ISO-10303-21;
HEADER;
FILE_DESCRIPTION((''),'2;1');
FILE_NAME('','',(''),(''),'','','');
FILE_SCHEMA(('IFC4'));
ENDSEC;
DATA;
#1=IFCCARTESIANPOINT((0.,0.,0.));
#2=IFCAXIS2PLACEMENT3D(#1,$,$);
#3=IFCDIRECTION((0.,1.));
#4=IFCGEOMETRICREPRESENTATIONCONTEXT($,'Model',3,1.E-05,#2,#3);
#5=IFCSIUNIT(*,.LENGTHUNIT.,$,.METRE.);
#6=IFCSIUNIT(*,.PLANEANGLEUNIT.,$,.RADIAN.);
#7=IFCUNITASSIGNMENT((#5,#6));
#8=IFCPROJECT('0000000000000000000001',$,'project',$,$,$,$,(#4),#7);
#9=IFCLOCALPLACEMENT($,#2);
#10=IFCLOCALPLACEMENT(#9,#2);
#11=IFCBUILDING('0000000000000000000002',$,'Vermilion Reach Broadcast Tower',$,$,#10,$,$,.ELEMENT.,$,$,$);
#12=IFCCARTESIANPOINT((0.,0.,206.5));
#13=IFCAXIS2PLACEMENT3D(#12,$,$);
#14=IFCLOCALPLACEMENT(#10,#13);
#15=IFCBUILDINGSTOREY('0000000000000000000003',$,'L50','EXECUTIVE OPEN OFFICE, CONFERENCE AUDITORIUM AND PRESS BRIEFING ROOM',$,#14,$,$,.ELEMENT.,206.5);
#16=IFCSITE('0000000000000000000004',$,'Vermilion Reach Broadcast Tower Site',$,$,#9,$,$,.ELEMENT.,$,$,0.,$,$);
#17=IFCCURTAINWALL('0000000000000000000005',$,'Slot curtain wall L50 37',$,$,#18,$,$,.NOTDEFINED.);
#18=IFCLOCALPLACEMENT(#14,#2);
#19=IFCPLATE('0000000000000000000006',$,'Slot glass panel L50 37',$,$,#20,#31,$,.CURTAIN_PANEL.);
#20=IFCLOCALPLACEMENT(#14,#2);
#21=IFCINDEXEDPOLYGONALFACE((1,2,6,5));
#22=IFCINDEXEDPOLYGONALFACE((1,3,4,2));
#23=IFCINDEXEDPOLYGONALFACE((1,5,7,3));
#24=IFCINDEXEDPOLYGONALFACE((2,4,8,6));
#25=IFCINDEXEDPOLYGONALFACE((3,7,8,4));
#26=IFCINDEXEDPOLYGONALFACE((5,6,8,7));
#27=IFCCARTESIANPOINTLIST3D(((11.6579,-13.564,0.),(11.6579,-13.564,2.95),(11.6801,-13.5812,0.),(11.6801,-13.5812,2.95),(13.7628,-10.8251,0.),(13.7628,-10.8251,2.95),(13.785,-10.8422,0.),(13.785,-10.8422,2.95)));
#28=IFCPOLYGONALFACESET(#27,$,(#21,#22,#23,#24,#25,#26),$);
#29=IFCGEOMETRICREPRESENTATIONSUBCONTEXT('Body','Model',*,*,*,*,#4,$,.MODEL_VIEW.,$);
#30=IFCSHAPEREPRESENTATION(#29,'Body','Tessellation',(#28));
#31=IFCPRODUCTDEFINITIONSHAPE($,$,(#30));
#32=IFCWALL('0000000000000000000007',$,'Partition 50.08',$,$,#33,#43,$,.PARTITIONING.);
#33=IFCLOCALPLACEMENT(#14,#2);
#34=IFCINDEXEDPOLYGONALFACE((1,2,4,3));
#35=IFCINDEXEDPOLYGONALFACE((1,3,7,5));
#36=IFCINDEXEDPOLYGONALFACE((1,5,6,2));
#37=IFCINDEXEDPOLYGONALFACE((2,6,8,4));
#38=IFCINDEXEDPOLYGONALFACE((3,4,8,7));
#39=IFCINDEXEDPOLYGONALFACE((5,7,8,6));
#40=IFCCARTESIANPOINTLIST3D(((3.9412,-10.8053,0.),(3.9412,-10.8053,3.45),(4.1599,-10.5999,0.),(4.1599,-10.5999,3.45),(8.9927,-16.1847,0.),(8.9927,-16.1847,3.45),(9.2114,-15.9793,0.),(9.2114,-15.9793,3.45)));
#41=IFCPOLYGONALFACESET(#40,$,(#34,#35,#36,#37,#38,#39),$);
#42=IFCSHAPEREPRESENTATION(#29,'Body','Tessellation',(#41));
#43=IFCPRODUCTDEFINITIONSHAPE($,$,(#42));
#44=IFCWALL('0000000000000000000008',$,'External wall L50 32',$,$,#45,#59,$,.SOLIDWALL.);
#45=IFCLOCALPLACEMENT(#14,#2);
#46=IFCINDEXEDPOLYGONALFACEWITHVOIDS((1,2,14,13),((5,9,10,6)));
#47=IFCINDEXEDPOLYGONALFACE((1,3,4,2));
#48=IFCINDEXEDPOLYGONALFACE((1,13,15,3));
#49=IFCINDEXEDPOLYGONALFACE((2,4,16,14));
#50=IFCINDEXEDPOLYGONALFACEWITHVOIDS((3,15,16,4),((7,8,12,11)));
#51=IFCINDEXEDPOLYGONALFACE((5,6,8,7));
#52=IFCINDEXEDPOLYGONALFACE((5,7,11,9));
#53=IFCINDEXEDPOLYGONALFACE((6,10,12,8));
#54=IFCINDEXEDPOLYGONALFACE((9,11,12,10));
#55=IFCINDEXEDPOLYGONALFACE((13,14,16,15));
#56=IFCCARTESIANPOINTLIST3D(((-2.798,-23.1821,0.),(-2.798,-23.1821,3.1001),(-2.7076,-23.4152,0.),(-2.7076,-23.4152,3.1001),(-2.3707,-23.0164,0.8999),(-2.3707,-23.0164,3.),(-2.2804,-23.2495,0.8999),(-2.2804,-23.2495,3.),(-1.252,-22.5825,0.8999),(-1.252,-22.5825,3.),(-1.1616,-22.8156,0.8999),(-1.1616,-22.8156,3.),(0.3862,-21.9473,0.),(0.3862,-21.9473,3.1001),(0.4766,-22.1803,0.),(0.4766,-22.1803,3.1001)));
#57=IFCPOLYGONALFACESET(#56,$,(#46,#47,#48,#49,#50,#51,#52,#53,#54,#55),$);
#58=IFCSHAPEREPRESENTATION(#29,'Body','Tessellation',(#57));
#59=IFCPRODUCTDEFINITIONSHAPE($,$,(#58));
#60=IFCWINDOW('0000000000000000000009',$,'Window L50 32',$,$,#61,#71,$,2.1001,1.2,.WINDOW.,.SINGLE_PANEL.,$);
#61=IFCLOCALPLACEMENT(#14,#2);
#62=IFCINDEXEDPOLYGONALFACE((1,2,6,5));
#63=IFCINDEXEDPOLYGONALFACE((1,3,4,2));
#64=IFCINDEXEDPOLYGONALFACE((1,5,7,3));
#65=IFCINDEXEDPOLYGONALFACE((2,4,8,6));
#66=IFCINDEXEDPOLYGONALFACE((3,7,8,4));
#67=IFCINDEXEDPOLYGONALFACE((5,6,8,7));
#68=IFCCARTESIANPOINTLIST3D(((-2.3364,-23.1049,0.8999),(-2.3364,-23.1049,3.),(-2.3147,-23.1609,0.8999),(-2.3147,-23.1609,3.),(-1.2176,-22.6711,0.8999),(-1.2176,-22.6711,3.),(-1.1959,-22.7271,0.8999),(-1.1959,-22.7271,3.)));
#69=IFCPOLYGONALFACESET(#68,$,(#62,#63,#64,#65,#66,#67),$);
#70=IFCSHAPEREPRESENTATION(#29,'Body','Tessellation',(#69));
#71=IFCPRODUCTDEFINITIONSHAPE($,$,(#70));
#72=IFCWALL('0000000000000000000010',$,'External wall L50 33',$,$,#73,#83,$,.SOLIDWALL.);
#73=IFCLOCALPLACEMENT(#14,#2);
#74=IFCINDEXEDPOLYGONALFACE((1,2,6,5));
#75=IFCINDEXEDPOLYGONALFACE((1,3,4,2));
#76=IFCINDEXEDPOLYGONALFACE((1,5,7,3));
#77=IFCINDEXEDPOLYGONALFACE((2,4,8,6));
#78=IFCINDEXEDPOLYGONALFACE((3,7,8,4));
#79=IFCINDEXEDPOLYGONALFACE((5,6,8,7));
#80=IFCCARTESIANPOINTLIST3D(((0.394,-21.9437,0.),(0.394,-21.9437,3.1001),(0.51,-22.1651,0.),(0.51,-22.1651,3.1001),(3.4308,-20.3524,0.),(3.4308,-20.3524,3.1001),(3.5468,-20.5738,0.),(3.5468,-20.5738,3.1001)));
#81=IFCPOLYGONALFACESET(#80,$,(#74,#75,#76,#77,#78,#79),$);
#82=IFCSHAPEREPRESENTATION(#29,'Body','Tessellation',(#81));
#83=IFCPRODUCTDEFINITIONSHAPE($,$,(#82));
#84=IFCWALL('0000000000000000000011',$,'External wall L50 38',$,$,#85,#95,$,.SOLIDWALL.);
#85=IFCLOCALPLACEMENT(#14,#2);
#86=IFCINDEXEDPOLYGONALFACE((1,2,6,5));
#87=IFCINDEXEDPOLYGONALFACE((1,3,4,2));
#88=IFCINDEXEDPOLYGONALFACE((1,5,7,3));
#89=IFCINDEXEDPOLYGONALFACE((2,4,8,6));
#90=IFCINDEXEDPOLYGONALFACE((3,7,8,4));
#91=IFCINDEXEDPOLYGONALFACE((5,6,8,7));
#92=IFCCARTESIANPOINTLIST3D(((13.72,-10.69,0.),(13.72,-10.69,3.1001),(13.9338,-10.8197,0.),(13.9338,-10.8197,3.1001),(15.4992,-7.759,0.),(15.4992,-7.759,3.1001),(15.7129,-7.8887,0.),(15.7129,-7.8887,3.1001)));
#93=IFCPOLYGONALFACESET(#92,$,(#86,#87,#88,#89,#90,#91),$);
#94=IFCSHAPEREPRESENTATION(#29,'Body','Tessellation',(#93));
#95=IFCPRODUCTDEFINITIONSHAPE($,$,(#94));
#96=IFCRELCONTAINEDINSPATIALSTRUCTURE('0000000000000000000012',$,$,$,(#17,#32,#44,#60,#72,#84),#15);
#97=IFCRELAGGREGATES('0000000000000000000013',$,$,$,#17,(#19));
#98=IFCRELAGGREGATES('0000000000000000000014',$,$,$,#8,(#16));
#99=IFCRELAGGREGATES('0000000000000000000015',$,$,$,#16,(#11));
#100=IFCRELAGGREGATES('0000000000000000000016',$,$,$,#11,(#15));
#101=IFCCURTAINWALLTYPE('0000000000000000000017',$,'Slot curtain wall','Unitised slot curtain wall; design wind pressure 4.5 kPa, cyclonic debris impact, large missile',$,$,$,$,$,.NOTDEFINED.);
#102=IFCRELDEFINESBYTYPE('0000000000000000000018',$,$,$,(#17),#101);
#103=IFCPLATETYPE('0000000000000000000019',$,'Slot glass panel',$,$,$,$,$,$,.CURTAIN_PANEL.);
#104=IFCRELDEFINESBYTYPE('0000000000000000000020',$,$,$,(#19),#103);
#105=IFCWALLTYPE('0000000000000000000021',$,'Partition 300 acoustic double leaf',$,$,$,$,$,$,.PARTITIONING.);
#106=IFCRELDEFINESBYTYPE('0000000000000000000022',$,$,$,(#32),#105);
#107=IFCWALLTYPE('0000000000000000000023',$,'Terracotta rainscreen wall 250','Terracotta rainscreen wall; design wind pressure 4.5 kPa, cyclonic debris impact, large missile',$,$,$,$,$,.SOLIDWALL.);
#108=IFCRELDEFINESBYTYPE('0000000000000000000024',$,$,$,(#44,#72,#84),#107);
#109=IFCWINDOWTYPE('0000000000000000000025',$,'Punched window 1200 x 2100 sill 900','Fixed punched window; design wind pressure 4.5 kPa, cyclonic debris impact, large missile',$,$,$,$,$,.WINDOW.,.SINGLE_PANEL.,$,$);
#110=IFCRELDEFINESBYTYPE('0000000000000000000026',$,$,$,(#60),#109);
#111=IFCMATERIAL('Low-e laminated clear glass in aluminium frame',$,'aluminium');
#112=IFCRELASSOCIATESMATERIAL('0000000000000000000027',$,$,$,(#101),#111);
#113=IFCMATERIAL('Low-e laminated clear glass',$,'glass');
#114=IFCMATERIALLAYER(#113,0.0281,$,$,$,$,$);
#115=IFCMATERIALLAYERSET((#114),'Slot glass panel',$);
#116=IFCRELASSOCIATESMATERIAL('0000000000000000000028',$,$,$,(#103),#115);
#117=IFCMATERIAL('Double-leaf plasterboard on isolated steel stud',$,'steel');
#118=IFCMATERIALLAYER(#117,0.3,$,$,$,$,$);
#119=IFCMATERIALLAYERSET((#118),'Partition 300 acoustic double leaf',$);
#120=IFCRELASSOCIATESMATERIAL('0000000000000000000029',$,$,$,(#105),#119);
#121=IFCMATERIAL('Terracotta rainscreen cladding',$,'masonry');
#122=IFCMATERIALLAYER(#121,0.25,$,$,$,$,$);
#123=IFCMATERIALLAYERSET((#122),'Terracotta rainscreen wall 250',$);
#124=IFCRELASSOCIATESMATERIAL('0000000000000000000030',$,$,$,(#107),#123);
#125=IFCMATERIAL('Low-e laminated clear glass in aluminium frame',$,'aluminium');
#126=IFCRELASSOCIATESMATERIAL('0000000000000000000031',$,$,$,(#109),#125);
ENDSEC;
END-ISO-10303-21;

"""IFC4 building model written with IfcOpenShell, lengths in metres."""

from ifc_helpers import new_model, si_unit, direction, frame, frame_2d, origin, origin_2d, place, context, subcontext, project, spatial, rectangle, extrude, material, layer, layer_set, type_object, element, fill, aggregate, save


model = new_model("IFC4")

# Units and contexts
model_context = context("Model", 3, precision=1e-05, world=origin(), true_north=direction((0.0, 1.0)))
body_context = subcontext(model_context, "Body", "Model", "MODEL_VIEW")
ifc_project = project(units=[si_unit("LENGTHUNIT", "METRE"), si_unit("PLANEANGLEUNIT", "RADIAN")], contexts=[model_context])

# Site, building, storey
site_placement = place(None, origin())
site = spatial("IfcSite", under=ifc_project, at=site_placement, Name="Vermilion Reach Broadcast Tower Site", CompositionType="ELEMENT", RefElevation=0.0)
building_placement = place(site_placement, origin())
building = spatial("IfcBuilding", under=site, at=building_placement, Name="Vermilion Reach Broadcast Tower", CompositionType="ELEMENT")
storey_placement = place(building_placement, frame((0.0, 0.0, 206.5)))
storey = spatial("IfcBuildingStorey", under=building, at=storey_placement, Name="L50", Description="EXECUTIVE OPEN OFFICE, CONFERENCE AUDITORIUM AND PRESS BRIEFING ROOM", CompositionType="ELEMENT", Elevation=206.5)

# Shared definitions
ifc_material_1 = material(Name="Low-e laminated clear glass in aluminium frame", Category="aluminium")
curtain_wall_type = type_object("IfcCurtainWallType", Name="Slot curtain wall", Description="Unitised slot curtain wall; design wind pressure 4.5 kPa, cyclonic debris impact, large missile", PredefinedType="NOTDEFINED", material=ifc_material_1)
placement = place(storey_placement, origin())

# Curtain wall
curtain_wall_1 = element("IfcCurtainWall", 1, at=placement, inside=storey, type_object=curtain_wall_type, Name="Slot curtain wall L50 37", PredefinedType="NOTDEFINED")

# Plate
ifc_material_2 = material(Name="Low-e laminated clear glass", Category="glass")
ifc_layer_1 = layer(ifc_material_2, 0.0281)
ifc_layer_set_1 = layer_set([ifc_layer_1], Name="Slot glass panel")
plate_type = type_object("IfcPlateType", Name="Slot glass panel", PredefinedType="CURTAIN_PANEL", material=ifc_layer_set_1)
plate_1_placement = place(storey_placement, frame((12.7214, -12.2031, 0.0), z_axis=(0.0, 0.0, 1.0), x_axis=(0.609349, 0.792902, 0.0)))
plate_1 = element("IfcPlate", 2, at=plate_1_placement, type_object=plate_type, Name="Slot glass panel L50 37", PredefinedType="CURTAIN_PANEL", context=body_context, shape_type="SweptSolid", body=[
    extrude(rectangle(XDim=3.4543, YDim=0.0281, at=origin_2d()), origin(), (0.0, 0.0, 1.0), 2.95),
])
aggregate(curtain_wall_1, [plate_1])

# Wall
ifc_material_3 = material(Name="Double-leaf plasterboard on isolated steel stud", Category="steel")
ifc_layer_2 = layer(ifc_material_3, 0.3)
ifc_layer_set_2 = layer_set([ifc_layer_2], Name="Partition 300 acoustic double leaf")
wall_type_1 = type_object("IfcWallType", Name="Partition 300 acoustic double leaf", PredefinedType="PARTITIONING", material=ifc_layer_set_2)
wall_1_placement = place(storey_placement, frame((9.1021, -16.082, 0.0), z_axis=(0.0, 0.0, 1.0), x_axis=(-0.684542, 0.728974, 0.0)))
element("IfcWall", 3, at=wall_1_placement, inside=storey, type_object=wall_type_1, Name="Partition 50.08", PredefinedType="PARTITIONING", context=body_context, shape_type="SweptSolid", body=[
    extrude(rectangle(XDim=7.3794, YDim=0.3, at=frame_2d((3.6897, 0.0))), origin(), (0.0, 0.0, 1.0), 3.45),
])

# Wall, opening, window
ifc_material_4 = material(Name="Terracotta rainscreen cladding", Category="masonry")
ifc_layer_3 = layer(ifc_material_4, 0.25)
ifc_layer_set_3 = layer_set([ifc_layer_3], Name="Terracotta rainscreen wall 250")
wall_type_2 = type_object("IfcWallType", Name="Terracotta rainscreen wall 250", Description="Terracotta rainscreen wall; design wind pressure 4.5 kPa, cyclonic debris impact, large missile", PredefinedType="SOLIDWALL", material=ifc_layer_set_3)
wall_2_placement = place(storey_placement, frame((-2.7527, -23.2986, 0.0), z_axis=(0.0, 0.0, 1.0), x_axis=(0.932349, 0.36156, 0.0)))
wall_2 = element("IfcWall", 4, at=wall_2_placement, inside=storey, type_object=wall_type_2, Name="External wall L50 32", PredefinedType="SOLIDWALL", context=body_context, shape_type="SweptSolid", body=[
    extrude(rectangle(XDim=3.4153, YDim=0.25, at=frame_2d((1.7075, 0.0))), origin(), (0.0, 0.0, 1.0), 3.1001),
])
opening_placement = place(wall_2_placement, frame((0.458, 0.0, 0.8999)))
opening = element("IfcOpeningElement", 5, at=opening_placement, cuts=wall_2, PredefinedType="OPENING", context=body_context, shape_type="SweptSolid", body=[
    extrude(rectangle(XDim=1.2, YDim=2.1001, at=frame_2d((0.6001, 1.05))), frame((0.0, 0.135, 0.0), z_axis=(0.0, -1.0, 0.0), x_axis=(1.0, 0.0, 0.0)), (0.0, 0.0, 1.0), 0.27),
])
ifc_material_5 = material(Name="Low-e laminated clear glass in aluminium frame", Category="aluminium")
window_type = type_object("IfcWindowType", Name="Punched window 1200 x 2100 sill 900", Description="Fixed punched window; design wind pressure 4.5 kPa, cyclonic debris impact, large missile", PartitioningType="SINGLE_PANEL", PredefinedType="WINDOW", material=ifc_material_5)
window_placement = place(opening_placement, origin())
window = element("IfcWindow", 6, at=window_placement, inside=storey, type_object=window_type, Name="Window L50 32", OverallHeight=2.1001, OverallWidth=1.2, PartitioningType="SINGLE_PANEL", PredefinedType="WINDOW", context=body_context, shape_type="SweptSolid", body=[
    extrude(rectangle(XDim=1.2, YDim=2.1001, at=frame_2d((0.6001, 1.05))), frame((0.0, 0.03, 0.0), z_axis=(0.0, -1.0, 0.0), x_axis=(1.0, 0.0, 0.0)), (0.0, 0.0, 1.0), 0.0601),
])
fill(opening, window)

# Walls
wall_3_placement = place(storey_placement, frame((0.4519, -22.0544, 0.0), z_axis=(0.0, 0.0, 1.0), x_axis=(0.885763, 0.464137, 0.0)))
element("IfcWall", 7, at=wall_3_placement, inside=storey, type_object=wall_type_2, Name="External wall L50 33", PredefinedType="SOLIDWALL", context=body_context, shape_type="SweptSolid", body=[
    extrude(rectangle(XDim=3.4285, YDim=0.25, at=frame_2d((1.7144, 0.0))), origin(), (0.0, 0.0, 1.0), 3.1001),
])
wall_4_placement = place(storey_placement, frame((13.8269, -10.7549, 0.0), z_axis=(0.0, 0.0, 1.0), x_axis=(0.518887, 0.854843, 0.0)))
element("IfcWall", 8, at=wall_4_placement, inside=storey, type_object=wall_type_2, Name="External wall L50 38", PredefinedType="SOLIDWALL", context=body_context, shape_type="SweptSolid", body=[
    extrude(rectangle(XDim=3.4287, YDim=0.25, at=frame_2d((1.7144, 0.0))), origin(), (0.0, 0.0, 1.0), 3.1001),
])

save(model, "model.ifc")
